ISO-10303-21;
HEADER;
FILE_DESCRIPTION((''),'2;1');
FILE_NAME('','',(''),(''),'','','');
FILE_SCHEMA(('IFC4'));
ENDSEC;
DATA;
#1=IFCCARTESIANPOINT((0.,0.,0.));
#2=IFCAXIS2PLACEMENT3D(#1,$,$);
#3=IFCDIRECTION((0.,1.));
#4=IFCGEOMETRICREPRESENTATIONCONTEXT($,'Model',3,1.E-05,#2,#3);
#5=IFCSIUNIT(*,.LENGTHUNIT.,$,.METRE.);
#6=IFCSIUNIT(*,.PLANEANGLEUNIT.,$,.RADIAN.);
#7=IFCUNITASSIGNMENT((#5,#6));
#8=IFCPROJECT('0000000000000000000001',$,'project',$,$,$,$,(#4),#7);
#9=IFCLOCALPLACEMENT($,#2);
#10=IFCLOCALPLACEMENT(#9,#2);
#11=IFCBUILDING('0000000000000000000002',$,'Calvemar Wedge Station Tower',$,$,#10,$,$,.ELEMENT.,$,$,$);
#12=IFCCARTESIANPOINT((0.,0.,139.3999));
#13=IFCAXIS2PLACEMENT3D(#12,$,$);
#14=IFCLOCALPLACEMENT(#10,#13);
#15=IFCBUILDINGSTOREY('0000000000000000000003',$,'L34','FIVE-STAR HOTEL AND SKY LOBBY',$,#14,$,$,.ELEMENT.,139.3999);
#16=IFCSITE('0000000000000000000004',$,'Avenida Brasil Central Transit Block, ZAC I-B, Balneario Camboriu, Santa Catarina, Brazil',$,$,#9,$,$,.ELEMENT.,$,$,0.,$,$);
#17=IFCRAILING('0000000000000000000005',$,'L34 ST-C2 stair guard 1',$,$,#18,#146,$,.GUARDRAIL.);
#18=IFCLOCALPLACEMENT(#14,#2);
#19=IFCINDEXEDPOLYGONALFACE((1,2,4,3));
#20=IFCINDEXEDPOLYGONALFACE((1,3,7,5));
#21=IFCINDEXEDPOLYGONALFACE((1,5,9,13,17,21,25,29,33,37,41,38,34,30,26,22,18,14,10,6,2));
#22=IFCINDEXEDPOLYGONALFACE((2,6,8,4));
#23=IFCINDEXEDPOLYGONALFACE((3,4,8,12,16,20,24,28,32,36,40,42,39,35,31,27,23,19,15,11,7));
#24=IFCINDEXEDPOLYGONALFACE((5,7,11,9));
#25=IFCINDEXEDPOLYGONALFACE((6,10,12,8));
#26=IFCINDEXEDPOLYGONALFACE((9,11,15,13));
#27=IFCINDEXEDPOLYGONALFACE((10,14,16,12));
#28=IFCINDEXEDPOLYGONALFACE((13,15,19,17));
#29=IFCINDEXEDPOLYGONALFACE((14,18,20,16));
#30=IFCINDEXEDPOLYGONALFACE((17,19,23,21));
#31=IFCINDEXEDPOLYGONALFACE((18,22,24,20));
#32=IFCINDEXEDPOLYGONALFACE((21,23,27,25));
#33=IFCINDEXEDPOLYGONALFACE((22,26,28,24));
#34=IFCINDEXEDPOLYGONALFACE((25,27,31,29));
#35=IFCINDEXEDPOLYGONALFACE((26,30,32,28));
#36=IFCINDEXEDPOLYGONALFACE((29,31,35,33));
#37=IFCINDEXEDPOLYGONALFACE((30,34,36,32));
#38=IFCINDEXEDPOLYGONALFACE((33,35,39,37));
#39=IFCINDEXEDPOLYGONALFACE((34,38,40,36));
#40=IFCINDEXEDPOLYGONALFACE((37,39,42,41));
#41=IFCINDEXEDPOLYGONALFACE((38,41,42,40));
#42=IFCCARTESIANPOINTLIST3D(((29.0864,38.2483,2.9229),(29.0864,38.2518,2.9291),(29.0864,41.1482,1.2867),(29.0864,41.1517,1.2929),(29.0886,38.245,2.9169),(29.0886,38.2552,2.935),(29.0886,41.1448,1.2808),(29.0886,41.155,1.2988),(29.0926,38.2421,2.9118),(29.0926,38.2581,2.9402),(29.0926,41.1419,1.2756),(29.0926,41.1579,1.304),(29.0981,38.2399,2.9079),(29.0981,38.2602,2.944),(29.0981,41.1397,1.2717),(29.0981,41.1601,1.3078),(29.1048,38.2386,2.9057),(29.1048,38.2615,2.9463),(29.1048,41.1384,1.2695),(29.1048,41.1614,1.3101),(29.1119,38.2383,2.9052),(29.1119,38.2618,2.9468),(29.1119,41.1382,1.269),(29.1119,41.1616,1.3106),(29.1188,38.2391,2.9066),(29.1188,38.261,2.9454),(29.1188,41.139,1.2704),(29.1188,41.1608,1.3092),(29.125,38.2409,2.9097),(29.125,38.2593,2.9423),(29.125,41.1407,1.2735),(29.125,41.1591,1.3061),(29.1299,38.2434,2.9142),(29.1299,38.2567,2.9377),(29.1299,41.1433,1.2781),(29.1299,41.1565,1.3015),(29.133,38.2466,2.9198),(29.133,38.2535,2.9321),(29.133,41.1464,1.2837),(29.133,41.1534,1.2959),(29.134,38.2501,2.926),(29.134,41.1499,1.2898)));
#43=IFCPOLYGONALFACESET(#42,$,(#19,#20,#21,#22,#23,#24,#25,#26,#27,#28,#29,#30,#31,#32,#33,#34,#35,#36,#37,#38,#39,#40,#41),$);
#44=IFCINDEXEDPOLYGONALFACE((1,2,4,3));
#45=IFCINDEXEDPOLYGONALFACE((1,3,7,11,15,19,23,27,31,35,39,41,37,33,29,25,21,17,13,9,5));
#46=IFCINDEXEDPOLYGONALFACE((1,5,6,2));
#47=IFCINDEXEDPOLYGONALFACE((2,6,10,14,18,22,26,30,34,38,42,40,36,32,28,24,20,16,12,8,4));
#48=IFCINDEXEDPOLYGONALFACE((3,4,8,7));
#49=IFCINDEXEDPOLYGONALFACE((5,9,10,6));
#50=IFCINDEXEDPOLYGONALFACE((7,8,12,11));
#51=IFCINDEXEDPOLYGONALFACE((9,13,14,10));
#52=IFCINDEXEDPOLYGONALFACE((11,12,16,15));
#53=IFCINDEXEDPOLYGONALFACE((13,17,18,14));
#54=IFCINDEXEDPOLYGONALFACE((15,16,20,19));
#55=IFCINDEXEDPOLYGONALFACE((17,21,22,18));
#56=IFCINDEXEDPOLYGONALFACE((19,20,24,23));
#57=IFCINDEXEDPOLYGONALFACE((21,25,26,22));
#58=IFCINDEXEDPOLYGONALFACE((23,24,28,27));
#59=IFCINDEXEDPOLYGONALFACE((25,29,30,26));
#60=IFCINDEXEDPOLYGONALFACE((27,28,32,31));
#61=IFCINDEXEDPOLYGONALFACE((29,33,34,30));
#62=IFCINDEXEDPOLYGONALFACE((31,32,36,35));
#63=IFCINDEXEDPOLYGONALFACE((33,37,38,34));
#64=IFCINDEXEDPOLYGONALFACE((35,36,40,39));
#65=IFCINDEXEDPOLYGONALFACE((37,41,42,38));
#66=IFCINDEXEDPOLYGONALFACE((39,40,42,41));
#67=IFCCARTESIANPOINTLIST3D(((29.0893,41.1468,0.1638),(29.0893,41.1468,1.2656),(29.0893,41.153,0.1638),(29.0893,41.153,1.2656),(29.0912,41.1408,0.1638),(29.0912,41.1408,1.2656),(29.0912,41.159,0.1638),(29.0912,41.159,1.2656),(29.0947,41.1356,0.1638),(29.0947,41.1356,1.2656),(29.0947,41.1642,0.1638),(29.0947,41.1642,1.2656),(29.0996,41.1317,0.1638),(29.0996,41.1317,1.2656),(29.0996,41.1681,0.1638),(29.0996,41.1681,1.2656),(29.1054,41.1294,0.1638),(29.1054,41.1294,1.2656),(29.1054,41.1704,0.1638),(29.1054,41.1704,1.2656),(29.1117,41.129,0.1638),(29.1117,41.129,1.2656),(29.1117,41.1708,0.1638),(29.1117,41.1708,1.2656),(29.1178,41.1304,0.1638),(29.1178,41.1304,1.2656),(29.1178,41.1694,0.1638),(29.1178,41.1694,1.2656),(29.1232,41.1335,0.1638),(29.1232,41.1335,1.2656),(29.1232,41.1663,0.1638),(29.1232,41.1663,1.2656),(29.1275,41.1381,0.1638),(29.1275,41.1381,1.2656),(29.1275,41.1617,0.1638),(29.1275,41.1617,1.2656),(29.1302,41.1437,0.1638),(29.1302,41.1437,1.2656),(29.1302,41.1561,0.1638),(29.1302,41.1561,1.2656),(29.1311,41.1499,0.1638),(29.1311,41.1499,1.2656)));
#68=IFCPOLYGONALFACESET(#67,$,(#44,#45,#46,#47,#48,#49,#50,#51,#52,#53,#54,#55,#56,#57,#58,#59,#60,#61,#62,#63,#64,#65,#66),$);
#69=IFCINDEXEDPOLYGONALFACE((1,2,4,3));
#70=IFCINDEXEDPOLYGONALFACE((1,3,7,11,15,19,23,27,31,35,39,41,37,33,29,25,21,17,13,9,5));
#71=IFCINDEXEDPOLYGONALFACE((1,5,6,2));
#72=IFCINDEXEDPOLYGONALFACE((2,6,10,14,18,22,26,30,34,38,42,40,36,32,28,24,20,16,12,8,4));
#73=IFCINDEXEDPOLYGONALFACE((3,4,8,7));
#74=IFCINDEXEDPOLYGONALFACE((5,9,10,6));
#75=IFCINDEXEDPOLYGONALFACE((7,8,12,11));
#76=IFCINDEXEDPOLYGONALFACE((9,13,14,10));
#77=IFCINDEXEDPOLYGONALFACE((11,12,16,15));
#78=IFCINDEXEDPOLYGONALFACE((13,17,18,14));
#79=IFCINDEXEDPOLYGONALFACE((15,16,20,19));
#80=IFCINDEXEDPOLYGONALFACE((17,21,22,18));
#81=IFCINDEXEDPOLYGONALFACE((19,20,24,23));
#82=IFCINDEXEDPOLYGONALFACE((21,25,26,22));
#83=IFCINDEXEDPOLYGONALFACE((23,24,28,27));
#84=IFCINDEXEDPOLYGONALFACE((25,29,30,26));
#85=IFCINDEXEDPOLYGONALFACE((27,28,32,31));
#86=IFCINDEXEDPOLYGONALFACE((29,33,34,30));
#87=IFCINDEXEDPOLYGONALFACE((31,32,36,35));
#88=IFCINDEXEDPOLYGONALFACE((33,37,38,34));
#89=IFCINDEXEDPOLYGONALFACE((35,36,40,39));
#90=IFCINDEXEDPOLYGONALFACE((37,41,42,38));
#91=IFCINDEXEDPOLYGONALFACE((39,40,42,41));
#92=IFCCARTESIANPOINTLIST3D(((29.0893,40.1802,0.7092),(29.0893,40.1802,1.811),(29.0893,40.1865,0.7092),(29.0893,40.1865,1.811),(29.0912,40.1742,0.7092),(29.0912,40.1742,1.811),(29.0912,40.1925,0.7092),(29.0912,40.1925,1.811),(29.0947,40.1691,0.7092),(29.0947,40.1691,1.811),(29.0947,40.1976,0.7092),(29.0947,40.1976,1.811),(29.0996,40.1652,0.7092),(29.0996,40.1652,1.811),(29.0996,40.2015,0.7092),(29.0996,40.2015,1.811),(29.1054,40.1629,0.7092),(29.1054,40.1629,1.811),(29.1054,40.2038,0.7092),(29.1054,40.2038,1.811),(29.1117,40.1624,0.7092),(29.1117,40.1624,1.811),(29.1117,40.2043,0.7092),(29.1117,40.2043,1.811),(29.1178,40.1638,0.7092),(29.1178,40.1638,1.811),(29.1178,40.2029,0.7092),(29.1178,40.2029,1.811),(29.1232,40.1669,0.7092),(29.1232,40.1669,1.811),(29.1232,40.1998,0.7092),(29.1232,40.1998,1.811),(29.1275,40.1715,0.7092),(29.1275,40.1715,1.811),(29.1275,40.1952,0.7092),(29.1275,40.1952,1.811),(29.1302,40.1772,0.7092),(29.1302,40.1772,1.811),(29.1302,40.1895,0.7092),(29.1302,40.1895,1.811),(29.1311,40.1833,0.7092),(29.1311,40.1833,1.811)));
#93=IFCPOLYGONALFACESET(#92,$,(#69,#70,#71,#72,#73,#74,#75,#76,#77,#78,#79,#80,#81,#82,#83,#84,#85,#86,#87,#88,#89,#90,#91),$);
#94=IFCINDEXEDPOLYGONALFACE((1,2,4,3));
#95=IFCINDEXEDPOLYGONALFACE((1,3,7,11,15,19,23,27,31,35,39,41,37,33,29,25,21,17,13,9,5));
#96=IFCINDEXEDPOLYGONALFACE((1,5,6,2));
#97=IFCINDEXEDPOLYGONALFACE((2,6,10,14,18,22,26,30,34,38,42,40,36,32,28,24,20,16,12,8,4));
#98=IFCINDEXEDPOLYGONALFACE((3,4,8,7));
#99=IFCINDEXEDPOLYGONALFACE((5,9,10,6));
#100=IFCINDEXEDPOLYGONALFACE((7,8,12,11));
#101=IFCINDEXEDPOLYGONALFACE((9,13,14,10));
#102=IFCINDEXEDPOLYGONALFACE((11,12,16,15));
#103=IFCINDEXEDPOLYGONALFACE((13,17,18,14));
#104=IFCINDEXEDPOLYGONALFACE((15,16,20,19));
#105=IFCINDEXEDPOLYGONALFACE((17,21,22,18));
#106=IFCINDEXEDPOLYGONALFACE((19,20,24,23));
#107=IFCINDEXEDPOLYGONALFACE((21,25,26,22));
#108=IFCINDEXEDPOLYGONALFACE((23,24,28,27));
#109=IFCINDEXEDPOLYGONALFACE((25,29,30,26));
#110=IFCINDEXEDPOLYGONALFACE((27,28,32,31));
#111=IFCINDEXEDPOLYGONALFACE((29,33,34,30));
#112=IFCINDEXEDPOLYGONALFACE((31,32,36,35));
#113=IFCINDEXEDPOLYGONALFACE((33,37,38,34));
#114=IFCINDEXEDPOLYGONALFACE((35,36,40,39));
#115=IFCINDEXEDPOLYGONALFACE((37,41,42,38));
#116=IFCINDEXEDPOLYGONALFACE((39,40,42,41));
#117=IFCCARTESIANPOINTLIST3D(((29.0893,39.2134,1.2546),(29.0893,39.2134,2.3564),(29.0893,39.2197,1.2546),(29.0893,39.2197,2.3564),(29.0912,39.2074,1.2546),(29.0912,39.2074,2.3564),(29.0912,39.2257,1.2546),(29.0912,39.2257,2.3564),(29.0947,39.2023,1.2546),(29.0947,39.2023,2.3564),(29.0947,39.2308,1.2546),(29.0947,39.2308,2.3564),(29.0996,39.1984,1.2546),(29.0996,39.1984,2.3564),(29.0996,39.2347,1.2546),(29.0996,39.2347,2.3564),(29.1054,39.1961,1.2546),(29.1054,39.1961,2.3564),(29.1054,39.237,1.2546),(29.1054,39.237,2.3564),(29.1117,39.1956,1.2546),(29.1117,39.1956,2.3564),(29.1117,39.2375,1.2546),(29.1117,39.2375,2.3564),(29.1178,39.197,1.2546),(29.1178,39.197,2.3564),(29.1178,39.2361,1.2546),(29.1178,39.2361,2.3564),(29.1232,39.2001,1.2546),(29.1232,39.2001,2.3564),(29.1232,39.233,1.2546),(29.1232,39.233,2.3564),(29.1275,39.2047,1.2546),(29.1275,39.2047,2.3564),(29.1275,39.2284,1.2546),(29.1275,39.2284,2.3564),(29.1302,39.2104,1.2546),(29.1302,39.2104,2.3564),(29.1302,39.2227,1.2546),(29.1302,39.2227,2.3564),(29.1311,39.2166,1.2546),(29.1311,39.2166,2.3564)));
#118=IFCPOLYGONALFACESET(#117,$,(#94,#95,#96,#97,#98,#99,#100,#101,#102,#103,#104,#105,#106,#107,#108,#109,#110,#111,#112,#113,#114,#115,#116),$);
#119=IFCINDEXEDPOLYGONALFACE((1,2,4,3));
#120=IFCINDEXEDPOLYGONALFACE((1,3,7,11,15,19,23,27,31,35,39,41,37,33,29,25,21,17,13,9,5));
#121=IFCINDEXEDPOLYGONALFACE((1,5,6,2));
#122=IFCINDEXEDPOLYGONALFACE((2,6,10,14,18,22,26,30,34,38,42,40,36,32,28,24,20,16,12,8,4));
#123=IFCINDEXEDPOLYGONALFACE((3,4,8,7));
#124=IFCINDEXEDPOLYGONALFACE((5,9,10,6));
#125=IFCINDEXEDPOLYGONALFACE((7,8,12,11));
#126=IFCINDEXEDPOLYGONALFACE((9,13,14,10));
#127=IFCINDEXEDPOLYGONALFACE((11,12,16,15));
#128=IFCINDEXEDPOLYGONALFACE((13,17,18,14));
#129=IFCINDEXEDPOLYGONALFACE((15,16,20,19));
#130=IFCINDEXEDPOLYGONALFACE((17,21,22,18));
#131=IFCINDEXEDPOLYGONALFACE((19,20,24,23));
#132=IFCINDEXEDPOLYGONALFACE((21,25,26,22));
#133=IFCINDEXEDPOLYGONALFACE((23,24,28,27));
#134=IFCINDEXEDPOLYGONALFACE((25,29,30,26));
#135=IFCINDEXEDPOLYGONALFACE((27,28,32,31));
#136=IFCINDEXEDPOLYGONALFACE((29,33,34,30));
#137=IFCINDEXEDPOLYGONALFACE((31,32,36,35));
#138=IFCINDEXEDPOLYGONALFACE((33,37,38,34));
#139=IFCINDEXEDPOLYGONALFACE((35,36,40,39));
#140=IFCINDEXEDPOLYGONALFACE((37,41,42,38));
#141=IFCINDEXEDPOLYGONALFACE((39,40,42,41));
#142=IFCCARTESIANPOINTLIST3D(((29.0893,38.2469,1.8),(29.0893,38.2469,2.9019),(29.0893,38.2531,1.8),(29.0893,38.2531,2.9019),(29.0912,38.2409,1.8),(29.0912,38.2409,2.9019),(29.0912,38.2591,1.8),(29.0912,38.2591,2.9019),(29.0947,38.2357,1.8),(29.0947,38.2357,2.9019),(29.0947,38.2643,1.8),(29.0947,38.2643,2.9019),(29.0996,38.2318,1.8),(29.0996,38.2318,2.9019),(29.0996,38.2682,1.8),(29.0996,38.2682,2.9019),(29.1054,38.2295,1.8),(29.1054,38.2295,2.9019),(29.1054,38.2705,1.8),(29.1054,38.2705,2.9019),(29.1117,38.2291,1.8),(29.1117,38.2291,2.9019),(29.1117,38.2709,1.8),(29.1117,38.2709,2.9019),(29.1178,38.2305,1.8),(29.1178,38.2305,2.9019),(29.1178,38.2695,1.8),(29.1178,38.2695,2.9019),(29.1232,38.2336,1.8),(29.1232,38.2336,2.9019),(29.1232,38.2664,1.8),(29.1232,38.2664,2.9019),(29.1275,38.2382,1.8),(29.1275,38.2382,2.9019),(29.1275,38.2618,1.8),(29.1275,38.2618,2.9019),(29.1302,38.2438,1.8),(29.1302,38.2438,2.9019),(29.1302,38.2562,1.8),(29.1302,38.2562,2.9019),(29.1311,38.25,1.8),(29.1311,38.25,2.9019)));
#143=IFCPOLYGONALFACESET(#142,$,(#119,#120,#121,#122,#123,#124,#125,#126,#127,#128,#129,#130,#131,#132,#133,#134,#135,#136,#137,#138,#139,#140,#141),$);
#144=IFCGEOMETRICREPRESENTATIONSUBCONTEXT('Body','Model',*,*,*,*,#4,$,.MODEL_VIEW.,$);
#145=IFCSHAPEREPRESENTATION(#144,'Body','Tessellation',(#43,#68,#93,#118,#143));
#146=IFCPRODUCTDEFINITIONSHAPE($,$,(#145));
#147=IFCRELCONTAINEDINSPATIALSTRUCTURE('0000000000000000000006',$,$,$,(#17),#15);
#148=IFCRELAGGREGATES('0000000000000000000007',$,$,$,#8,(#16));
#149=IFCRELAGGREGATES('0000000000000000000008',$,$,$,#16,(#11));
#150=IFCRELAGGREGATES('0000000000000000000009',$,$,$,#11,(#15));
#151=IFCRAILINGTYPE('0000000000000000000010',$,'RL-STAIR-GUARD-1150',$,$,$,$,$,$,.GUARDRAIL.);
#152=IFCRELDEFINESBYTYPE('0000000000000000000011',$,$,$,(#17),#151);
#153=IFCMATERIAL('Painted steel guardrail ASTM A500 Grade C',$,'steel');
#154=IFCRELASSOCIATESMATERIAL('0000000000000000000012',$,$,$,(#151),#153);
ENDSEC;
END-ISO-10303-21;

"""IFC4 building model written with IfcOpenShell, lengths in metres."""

from ifc_helpers import new_model, si_unit, direction, frame, origin, origin_2d, place, context, subcontext, project, spatial, circle, extrude, material, type_object, element, save


model = new_model("IFC4")

# Units and contexts
model_context = context("Model", 3, precision=1e-05, world=origin(), true_north=direction((0.0, 1.0)))
body_context = subcontext(model_context, "Body", "Model", "MODEL_VIEW")
ifc_project = project(units=[si_unit("LENGTHUNIT", "METRE"), si_unit("PLANEANGLEUNIT", "RADIAN")], contexts=[model_context])

# Site, building, storey
site_placement = place(None, origin())
site = spatial("IfcSite", under=ifc_project, at=site_placement, Name="Avenida Brasil Central Transit Block, ZAC I-B, Balneario Camboriu, Santa Catarina, Brazil", CompositionType="ELEMENT", RefElevation=0.0)
building_placement = place(site_placement, origin())
building = spatial("IfcBuilding", under=site, at=building_placement, Name="Calvemar Wedge Station Tower", CompositionType="ELEMENT")
storey_placement = place(building_placement, frame((0.0, 0.0, 139.3999)))
storey = spatial("IfcBuildingStorey", under=building, at=storey_placement, Name="L34", Description="FIVE-STAR HOTEL AND SKY LOBBY", CompositionType="ELEMENT", Elevation=139.3999)

# Railing
ifc_material_1 = material(Name="Painted steel guardrail ASTM A500 Grade C", Category="steel")
railing_type_1 = type_object("IfcRailingType", Name="RL-STAIR-GUARD-1150", PredefinedType="GUARDRAIL", material=ifc_material_1)
railing_1_placement = place(storey_placement, frame((29.1101, 41.1499, 0.1638)))
element("IfcRailing", 1, at=railing_1_placement, inside=storey, type_object=railing_type_1, Name="L34 ST-C2 stair guard 1", PredefinedType="GUARDRAIL", context=body_context, shape_type="SweptSolid", body=[
    extrude(circle(Radius=0.0239, at=origin_2d()), frame((0.0, 0.0, 1.126), z_axis=(0.0, -0.870929, 0.49141), x_axis=(1.0, 0.0, 0.0)), (0.0, 0.0, 1.0), 3.3296),
    extrude(circle(Radius=0.021, at=origin_2d()), origin(), (0.0, 0.0, 1.0), 1.1018),
    extrude(circle(Radius=0.021, at=origin_2d()), frame((0.0, -0.9666, 0.5454)), (0.0, 0.0, 1.0), 1.1018),
    extrude(circle(Radius=0.021, at=origin_2d()), frame((0.0, -1.9333, 1.0908)), (0.0, 0.0, 1.0), 1.1018),
    extrude(circle(Radius=0.021, at=origin_2d()), frame((0.0, -2.8999, 1.6362)), (0.0, 0.0, 1.0), 1.1018),
])

save(model, "model.ifc")
